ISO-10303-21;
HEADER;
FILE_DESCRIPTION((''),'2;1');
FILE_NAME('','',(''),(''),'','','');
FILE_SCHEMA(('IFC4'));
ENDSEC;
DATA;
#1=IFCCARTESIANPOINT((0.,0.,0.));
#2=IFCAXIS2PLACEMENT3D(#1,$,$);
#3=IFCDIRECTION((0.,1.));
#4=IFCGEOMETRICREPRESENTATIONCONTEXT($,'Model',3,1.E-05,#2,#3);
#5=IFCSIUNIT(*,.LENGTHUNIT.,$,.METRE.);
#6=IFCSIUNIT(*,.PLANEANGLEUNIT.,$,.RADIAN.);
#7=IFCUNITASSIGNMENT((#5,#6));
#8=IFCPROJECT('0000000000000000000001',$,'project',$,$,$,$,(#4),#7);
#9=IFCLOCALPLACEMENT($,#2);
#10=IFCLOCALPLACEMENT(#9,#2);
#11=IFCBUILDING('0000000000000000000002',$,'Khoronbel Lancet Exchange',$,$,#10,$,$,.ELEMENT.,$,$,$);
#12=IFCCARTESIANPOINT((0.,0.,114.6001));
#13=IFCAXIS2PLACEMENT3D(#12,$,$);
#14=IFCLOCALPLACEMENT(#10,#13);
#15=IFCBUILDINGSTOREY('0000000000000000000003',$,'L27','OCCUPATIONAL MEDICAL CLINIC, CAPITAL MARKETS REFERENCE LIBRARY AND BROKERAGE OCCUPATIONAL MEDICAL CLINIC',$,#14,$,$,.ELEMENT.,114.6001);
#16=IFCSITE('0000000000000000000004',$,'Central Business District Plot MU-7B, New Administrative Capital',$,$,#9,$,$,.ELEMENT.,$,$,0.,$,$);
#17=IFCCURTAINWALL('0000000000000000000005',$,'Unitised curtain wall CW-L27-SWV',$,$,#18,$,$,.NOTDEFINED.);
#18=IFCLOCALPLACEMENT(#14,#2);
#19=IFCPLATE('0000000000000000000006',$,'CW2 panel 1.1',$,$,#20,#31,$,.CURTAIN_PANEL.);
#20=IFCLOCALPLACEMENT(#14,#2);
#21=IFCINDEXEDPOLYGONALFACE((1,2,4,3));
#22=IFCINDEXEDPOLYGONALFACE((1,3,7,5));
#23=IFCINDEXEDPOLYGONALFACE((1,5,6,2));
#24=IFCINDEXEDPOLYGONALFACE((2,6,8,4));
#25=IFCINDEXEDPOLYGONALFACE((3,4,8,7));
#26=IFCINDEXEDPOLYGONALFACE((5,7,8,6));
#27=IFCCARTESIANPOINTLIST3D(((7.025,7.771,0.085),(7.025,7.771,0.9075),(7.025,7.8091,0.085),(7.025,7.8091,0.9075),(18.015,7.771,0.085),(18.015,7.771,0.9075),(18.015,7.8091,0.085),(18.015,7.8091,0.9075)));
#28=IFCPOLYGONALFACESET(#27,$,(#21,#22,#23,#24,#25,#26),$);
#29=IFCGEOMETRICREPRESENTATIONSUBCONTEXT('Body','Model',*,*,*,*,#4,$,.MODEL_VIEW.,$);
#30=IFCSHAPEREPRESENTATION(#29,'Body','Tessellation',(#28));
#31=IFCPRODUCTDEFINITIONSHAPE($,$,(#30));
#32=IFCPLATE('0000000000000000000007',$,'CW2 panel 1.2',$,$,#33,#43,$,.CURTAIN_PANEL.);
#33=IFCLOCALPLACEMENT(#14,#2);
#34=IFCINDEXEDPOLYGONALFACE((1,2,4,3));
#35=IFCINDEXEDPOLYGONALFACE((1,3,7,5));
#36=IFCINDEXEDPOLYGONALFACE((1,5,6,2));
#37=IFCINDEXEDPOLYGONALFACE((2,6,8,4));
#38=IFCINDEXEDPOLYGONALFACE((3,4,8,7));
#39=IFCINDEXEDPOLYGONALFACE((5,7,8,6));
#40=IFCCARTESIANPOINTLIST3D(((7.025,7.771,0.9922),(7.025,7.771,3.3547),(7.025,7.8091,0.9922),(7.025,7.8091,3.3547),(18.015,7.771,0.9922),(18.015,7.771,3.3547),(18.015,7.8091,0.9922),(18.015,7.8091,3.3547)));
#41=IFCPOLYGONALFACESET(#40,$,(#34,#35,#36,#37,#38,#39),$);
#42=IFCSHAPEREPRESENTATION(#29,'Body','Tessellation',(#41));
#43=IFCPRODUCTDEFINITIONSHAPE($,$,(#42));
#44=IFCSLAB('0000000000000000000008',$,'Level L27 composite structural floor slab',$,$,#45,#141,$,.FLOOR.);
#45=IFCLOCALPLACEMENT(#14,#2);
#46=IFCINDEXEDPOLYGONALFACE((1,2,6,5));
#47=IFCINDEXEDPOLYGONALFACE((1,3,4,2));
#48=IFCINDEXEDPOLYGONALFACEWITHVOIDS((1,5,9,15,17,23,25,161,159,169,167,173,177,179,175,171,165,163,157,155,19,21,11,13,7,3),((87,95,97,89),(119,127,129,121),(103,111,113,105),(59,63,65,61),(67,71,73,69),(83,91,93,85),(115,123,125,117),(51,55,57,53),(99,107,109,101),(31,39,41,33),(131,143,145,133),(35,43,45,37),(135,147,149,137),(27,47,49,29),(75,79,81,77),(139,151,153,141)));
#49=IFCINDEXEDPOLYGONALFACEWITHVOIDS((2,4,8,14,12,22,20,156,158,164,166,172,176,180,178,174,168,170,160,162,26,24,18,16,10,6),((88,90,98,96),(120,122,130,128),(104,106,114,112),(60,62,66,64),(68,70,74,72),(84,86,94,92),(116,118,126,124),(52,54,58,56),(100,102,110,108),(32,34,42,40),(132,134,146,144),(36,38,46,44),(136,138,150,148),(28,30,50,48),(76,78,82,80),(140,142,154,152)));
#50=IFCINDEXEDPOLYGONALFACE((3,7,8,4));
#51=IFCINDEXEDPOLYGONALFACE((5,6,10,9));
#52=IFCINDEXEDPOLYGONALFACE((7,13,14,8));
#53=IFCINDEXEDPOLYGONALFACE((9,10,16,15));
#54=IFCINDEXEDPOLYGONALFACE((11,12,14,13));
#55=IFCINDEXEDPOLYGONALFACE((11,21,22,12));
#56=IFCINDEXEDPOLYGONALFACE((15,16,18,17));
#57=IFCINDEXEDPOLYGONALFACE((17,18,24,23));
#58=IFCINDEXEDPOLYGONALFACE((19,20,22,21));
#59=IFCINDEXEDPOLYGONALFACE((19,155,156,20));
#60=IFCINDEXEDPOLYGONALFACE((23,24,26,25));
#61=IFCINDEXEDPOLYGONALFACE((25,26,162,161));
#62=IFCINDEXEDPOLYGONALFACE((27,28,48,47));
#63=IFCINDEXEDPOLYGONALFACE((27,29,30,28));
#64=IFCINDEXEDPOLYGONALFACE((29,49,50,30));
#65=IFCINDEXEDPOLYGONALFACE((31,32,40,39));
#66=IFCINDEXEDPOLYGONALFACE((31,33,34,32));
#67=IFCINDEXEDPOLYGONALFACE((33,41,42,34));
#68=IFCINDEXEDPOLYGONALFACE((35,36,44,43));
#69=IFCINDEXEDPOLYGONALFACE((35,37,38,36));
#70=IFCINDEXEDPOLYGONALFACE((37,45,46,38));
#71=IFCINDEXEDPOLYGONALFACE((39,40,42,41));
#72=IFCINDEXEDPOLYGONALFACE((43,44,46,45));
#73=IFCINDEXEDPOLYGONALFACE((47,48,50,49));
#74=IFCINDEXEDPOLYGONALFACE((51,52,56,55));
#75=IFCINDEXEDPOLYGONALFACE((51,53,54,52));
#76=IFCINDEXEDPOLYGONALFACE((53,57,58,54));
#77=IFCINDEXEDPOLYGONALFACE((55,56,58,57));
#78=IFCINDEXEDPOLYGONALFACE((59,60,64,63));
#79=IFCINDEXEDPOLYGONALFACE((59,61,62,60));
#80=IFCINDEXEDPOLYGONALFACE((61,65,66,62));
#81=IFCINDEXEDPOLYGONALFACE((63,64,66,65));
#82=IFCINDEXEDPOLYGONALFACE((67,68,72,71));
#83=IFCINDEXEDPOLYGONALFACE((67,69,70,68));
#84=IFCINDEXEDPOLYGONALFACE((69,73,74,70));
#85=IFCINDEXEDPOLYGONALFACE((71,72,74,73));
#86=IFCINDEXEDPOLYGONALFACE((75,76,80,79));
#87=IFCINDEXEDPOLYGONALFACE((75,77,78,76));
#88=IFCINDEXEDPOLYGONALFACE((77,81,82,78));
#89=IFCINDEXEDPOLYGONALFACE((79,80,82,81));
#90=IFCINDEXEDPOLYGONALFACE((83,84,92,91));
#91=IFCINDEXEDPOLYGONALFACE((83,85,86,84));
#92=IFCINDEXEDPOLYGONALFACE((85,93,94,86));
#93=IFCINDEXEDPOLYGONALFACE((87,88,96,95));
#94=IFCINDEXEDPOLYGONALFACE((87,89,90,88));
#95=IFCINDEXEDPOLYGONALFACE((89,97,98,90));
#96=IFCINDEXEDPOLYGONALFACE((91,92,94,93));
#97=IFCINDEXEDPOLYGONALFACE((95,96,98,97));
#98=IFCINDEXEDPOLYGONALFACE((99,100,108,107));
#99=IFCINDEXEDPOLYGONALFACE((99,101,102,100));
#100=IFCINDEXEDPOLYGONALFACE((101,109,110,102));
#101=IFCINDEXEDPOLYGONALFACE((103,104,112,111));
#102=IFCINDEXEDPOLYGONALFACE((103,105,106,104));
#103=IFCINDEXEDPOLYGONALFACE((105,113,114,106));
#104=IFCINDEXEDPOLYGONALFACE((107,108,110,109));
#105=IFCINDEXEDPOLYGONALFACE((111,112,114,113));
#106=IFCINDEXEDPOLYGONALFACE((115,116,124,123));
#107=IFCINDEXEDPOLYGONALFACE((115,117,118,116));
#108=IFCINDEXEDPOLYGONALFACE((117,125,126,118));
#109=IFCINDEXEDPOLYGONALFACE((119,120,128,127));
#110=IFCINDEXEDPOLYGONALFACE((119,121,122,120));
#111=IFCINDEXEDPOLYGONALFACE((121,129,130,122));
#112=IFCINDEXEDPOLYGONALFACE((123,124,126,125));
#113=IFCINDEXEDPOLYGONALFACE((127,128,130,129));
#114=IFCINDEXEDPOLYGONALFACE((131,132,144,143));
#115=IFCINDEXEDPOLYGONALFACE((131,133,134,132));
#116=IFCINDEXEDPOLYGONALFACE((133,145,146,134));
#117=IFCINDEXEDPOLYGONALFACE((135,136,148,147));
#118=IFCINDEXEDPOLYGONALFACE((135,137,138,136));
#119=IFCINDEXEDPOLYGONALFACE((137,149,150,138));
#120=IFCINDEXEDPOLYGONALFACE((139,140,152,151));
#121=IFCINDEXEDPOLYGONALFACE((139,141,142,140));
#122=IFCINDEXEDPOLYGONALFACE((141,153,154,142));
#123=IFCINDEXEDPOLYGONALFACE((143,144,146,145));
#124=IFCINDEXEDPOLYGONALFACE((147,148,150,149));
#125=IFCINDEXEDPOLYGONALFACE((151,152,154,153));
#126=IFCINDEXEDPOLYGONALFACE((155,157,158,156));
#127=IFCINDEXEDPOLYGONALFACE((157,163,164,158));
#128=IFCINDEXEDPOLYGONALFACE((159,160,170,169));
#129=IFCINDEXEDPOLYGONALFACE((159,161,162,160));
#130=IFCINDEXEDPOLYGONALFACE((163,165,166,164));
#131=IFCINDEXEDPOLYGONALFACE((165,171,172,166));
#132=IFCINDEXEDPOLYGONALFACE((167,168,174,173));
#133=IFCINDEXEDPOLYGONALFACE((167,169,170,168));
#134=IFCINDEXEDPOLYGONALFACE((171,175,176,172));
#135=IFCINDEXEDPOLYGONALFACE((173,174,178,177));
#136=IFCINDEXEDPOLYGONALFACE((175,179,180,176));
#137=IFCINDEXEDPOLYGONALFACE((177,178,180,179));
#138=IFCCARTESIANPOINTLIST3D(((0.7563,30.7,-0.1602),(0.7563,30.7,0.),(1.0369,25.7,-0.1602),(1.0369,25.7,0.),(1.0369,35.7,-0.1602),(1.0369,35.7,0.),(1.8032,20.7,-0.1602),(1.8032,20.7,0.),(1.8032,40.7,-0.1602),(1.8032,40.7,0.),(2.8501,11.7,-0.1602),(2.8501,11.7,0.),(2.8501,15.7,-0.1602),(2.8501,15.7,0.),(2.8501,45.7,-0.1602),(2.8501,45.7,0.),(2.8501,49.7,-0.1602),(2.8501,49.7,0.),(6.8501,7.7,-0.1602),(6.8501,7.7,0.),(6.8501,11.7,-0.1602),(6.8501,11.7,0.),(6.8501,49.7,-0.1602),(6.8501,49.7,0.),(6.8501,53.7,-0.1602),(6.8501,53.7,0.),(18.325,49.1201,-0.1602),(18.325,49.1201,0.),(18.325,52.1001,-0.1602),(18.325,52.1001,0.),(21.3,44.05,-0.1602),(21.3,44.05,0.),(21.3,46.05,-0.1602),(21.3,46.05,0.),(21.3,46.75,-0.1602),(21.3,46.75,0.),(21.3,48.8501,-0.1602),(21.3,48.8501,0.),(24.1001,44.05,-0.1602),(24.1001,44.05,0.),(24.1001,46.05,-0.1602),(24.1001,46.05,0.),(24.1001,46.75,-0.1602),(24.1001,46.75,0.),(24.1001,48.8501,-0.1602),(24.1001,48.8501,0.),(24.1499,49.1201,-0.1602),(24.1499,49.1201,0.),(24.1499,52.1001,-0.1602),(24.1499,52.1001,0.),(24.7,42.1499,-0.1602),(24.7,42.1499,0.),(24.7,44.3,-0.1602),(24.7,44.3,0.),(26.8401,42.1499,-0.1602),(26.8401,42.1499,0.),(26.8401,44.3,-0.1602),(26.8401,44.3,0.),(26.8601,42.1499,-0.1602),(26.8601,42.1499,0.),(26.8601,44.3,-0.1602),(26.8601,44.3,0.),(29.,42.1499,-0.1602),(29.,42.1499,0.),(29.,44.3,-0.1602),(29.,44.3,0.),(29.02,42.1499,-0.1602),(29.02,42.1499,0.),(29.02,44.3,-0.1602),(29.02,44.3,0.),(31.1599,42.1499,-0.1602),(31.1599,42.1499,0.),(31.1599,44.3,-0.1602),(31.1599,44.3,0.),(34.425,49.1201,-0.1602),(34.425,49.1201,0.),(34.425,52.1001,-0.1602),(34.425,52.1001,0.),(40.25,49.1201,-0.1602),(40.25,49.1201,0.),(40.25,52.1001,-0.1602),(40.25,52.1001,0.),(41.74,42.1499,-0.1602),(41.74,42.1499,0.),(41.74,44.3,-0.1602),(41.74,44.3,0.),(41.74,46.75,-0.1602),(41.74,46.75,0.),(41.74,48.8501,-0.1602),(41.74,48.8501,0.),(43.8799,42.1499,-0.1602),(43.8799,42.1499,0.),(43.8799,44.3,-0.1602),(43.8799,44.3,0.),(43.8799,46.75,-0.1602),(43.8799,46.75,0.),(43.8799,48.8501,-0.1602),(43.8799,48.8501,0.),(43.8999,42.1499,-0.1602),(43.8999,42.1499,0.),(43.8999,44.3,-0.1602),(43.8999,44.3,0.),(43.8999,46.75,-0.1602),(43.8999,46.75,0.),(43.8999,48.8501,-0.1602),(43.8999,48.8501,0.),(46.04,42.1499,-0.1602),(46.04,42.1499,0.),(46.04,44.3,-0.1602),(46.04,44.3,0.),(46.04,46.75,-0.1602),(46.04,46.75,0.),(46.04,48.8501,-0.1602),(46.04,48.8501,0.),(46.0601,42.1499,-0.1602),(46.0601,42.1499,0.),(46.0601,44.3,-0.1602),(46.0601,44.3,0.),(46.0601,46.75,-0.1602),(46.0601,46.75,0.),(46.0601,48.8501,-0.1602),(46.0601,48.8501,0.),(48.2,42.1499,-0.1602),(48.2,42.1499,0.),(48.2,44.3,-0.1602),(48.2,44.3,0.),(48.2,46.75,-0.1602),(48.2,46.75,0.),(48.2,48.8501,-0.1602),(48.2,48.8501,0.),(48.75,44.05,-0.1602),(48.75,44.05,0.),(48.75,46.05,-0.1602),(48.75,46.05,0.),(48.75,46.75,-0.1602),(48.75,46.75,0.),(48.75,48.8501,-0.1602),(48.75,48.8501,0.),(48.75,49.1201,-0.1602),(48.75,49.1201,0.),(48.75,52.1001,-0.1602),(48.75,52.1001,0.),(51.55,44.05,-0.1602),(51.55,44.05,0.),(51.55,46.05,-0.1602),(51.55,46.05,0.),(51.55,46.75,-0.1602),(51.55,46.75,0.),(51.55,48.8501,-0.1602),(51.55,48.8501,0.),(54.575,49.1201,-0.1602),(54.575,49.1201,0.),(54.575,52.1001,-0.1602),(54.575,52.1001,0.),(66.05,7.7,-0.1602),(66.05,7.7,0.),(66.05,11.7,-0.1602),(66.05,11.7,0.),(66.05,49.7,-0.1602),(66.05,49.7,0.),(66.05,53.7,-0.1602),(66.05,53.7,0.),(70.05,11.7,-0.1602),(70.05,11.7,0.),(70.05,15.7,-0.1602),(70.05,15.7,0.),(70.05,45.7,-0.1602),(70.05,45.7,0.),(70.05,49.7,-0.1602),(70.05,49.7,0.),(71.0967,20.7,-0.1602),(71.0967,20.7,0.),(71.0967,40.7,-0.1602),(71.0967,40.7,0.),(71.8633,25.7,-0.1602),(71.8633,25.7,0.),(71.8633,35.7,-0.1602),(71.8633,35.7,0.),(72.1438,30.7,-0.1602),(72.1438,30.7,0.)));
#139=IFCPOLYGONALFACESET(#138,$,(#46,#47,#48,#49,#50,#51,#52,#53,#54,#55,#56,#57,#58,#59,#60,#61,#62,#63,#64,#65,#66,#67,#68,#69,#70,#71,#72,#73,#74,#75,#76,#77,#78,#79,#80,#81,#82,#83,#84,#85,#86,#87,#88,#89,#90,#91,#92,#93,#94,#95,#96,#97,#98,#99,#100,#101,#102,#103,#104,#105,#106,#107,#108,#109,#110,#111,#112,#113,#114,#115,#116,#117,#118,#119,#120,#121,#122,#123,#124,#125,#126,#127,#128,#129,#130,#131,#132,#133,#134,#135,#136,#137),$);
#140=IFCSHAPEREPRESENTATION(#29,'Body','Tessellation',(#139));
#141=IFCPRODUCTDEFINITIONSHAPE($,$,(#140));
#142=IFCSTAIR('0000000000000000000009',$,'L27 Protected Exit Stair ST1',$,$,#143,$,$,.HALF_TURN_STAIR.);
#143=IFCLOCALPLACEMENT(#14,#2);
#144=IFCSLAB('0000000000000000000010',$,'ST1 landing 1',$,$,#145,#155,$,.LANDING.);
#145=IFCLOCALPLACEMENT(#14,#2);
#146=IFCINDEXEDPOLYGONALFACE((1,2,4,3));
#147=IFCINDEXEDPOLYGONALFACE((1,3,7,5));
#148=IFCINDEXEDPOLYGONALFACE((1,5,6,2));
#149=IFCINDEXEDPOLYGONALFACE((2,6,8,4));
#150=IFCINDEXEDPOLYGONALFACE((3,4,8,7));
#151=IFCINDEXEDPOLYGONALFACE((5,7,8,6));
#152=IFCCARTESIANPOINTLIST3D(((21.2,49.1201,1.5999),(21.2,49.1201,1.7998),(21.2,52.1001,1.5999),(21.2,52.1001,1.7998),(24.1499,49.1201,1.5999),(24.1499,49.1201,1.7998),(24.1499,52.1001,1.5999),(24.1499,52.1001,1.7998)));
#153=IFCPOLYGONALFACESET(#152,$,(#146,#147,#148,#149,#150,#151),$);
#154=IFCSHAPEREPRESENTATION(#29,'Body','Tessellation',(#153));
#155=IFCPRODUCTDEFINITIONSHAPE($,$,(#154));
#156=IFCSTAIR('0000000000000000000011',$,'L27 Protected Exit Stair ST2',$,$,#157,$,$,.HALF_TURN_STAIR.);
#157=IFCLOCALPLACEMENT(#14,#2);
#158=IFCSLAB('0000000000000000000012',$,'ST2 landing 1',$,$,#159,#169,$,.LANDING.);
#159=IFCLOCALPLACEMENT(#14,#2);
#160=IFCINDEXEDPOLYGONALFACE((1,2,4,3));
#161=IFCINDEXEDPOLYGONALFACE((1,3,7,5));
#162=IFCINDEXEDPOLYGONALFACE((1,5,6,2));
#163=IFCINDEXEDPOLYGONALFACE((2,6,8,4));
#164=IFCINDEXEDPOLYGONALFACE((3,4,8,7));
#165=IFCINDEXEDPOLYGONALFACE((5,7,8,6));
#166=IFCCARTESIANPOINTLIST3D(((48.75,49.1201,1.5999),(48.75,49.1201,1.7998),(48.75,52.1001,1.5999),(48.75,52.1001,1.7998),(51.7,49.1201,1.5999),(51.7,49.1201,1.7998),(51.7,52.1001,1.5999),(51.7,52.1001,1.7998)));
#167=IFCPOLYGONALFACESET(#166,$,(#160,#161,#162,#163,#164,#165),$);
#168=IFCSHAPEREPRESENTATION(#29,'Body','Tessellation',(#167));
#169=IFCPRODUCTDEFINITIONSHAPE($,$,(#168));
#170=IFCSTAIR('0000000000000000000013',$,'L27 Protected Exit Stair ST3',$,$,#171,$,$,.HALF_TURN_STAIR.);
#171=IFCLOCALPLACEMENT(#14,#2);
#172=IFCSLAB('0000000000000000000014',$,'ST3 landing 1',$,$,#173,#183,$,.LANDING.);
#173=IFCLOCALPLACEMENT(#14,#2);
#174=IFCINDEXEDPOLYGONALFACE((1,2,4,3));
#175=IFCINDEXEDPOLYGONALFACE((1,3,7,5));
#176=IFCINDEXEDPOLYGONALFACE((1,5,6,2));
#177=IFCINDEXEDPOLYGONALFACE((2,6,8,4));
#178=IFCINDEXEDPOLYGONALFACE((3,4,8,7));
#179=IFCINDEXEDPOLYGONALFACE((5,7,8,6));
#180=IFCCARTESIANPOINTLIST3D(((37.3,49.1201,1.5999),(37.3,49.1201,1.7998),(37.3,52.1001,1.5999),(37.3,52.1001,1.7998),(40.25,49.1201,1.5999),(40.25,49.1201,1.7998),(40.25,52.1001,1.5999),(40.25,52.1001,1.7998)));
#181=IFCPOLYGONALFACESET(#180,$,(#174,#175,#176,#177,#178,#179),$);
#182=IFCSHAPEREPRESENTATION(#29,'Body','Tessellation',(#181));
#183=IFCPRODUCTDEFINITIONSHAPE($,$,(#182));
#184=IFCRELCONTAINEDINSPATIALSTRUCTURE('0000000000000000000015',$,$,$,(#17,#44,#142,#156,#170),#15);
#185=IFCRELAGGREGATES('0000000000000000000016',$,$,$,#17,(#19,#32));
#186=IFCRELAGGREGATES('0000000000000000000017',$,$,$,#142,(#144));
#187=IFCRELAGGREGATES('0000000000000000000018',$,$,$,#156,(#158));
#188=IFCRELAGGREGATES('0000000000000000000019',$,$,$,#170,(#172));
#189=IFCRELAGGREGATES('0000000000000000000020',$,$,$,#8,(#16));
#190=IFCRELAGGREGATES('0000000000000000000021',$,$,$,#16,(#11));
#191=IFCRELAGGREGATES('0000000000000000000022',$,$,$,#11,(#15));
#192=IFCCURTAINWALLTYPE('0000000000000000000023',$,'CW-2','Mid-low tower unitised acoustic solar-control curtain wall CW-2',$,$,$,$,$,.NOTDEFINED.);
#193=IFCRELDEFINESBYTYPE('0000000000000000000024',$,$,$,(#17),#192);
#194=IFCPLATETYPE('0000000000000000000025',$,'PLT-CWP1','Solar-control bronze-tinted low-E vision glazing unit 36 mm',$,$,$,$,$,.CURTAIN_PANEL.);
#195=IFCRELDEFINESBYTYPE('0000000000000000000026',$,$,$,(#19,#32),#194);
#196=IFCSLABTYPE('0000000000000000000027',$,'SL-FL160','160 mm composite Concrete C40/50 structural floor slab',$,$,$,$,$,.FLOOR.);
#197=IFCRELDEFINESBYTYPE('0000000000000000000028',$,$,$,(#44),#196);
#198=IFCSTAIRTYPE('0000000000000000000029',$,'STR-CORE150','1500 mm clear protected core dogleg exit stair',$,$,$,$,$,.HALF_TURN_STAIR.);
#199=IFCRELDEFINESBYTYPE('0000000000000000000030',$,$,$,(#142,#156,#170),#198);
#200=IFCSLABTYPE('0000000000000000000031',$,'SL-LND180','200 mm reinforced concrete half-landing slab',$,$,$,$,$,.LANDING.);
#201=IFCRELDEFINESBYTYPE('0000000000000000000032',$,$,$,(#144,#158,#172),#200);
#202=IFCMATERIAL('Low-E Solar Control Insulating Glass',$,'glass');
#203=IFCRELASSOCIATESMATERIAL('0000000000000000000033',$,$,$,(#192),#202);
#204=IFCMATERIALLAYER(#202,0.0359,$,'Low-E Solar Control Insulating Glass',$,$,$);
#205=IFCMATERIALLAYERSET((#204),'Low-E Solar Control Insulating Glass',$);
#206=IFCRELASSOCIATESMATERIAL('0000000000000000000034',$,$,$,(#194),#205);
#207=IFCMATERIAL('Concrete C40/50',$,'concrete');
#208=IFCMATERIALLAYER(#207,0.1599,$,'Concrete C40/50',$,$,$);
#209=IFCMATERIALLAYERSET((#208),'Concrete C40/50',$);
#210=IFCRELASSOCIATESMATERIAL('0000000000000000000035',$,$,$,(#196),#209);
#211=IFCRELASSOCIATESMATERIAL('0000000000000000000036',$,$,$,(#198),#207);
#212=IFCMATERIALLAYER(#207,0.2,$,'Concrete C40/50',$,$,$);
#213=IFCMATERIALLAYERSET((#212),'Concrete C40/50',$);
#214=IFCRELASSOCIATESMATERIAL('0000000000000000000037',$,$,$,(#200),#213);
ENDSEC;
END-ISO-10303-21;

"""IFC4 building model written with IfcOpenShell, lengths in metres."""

from ifc_helpers import new_model, si_unit, direction, frame, origin, origin_2d, place, context, subcontext, project, spatial, polyline, rectangle, outline, extrude, material, layer, layer_set, type_object, element, aggregate, save


model = new_model("IFC4")

# Units and contexts
model_context = context("Model", 3, precision=1e-05, world=origin(), true_north=direction((0.0, 1.0)))
body_context = subcontext(model_context, "Body", "Model", "MODEL_VIEW")
ifc_project = project(units=[si_unit("LENGTHUNIT", "METRE"), si_unit("PLANEANGLEUNIT", "RADIAN")], contexts=[model_context])

# Site, building, storey
site_placement = place(None, origin())
site = spatial("IfcSite", under=ifc_project, at=site_placement, Name="Central Business District Plot MU-7B, New Administrative Capital", CompositionType="ELEMENT", RefElevation=0.0)
building_placement = place(site_placement, origin())
building = spatial("IfcBuilding", under=site, at=building_placement, Name="Khoronbel Lancet Exchange", CompositionType="ELEMENT")
storey_placement = place(building_placement, frame((0.0, 0.0, 114.6001)))
storey = spatial("IfcBuildingStorey", under=building, at=storey_placement, Name="L27", Description="OCCUPATIONAL MEDICAL CLINIC, CAPITAL MARKETS REFERENCE LIBRARY AND BROKERAGE OCCUPATIONAL MEDICAL CLINIC", CompositionType="ELEMENT", Elevation=114.6001)

# Curtain wall
ifc_material_1 = material(Name="Low-E Solar Control Insulating Glass", Category="glass")
curtain_wall_type_1 = type_object("IfcCurtainWallType", Name="CW-2", Description="Mid-low tower unitised acoustic solar-control curtain wall CW-2", PredefinedType="NOTDEFINED", material=ifc_material_1)
curtain_wall_1_placement = place(storey_placement, origin())
curtain_wall_1 = element("IfcCurtainWall", 1, at=curtain_wall_1_placement, inside=storey, type_object=curtain_wall_type_1, Name="Unitised curtain wall CW-L27-SWV", PredefinedType="NOTDEFINED")

# Plates
ifc_layer_1 = layer(ifc_material_1, 0.0359, Name="Low-E Solar Control Insulating Glass")
ifc_layer_set_1 = layer_set([ifc_layer_1], Name="Low-E Solar Control Insulating Glass")
plate_type = type_object("IfcPlateType", Name="PLT-CWP1", Description="Solar-control bronze-tinted low-E vision glazing unit 36 mm", PredefinedType="CURTAIN_PANEL", material=ifc_layer_set_1)
plate_1_placement = place(storey_placement, frame((12.52, 7.79, 0.085), z_axis=(0.0, 0.0, 1.0), x_axis=(1.0, 0.0, 0.0)))
plate_1 = element("IfcPlate", 2, at=plate_1_placement, type_object=plate_type, Name="CW2 panel 1.1", PredefinedType="CURTAIN_PANEL", context=body_context, shape_type="SweptSolid", body=[
    extrude(rectangle(XDim=10.99, YDim=0.0381, at=origin_2d()), origin(), (0.0, 0.0, 1.0), 0.8225),
])
plate_2_placement = place(storey_placement, frame((12.52, 7.79, 0.9922), z_axis=(0.0, 0.0, 1.0), x_axis=(1.0, 0.0, 0.0)))
plate_2 = element("IfcPlate", 3, at=plate_2_placement, type_object=plate_type, Name="CW2 panel 1.2", PredefinedType="CURTAIN_PANEL", context=body_context, shape_type="SweptSolid", body=[
    extrude(rectangle(XDim=10.99, YDim=0.0381, at=origin_2d()), origin(), (0.0, 0.0, 1.0), 2.3625),
])
aggregate(curtain_wall_1, [plate_1, plate_2])

# Slab
ifc_material_2 = material(Name="Concrete C40/50", Category="concrete")
ifc_layer_2 = layer(ifc_material_2, 0.1599, Name="Concrete C40/50")
ifc_layer_set_2 = layer_set([ifc_layer_2], Name="Concrete C40/50")
slab_type_1 = type_object("IfcSlabType", Name="SL-FL160", Description="160 mm composite Concrete C40/50 structural floor slab", PredefinedType="FLOOR", material=ifc_layer_set_2)
slab_1_placement = place(storey_placement, frame((0.0, 0.0, -0.1602)))
element("IfcSlab", 4, at=slab_1_placement, inside=storey, type_object=slab_type_1, Name="Level L27 composite structural floor slab", PredefinedType="FLOOR", context=body_context, shape_type="SweptSolid", body=[
    extrude(outline(polyline([(6.8501, 7.7), (66.05, 7.7), (66.05, 11.7), (70.05, 11.7), (70.05, 15.7), (71.0967, 20.7), (71.8633, 25.7), (72.1438, 30.7), (71.8633, 35.7), (71.0967, 40.7), (70.05, 45.7), (70.05, 49.7), (66.05, 49.7), (66.05, 53.7), (6.8501, 53.7), (6.8501, 49.7), (2.8501, 49.7), (2.8501, 45.7), (1.8032, 40.7), (1.0369, 35.7), (0.7563, 30.7), (1.0369, 25.7), (1.8032, 20.7), (2.8501, 15.7), (2.8501, 11.7), (6.8501, 11.7), (6.8501, 7.7)]), holes=[polyline([(18.325, 49.1201), (24.1499, 49.1201), (24.1499, 52.1001), (18.325, 52.1001), (18.325, 49.1201)]), polyline([(48.75, 49.1201), (54.575, 49.1201), (54.575, 52.1001), (48.75, 52.1001), (48.75, 49.1201)]), polyline([(34.425, 49.1201), (40.25, 49.1201), (40.25, 52.1001), (34.425, 52.1001), (34.425, 49.1201)]), polyline([(24.7, 42.1499), (26.8401, 42.1499), (26.8401, 44.3), (24.7, 44.3), (24.7, 42.1499)]), polyline([(26.8601, 42.1499), (29.0, 42.1499), (29.0, 44.3), (26.8601, 44.3), (26.8601, 42.1499)]), polyline([(29.02, 42.1499), (31.1599, 42.1499), (31.1599, 44.3), (29.02, 44.3), (29.02, 42.1499)]), polyline([(41.74, 46.75), (43.8799, 46.75), (43.8799, 48.8501), (41.74, 48.8501), (41.74, 46.75)]), polyline([(43.8999, 46.75), (46.04, 46.75), (46.04, 48.8501), (43.8999, 48.8501), (43.8999, 46.75)]), polyline([(46.0601, 46.75), (48.2, 46.75), (48.2, 48.8501), (46.0601, 48.8501), (46.0601, 46.75)]), polyline([(41.74, 42.1499), (43.8799, 42.1499), (43.8799, 44.3), (41.74, 44.3), (41.74, 42.1499)]), polyline([(43.8999, 42.1499), (46.04, 42.1499), (46.04, 44.3), (43.8999, 44.3), (43.8999, 42.1499)]), polyline([(46.0601, 42.1499), (48.2, 42.1499), (48.2, 44.3), (46.0601, 44.3), (46.0601, 42.1499)]), polyline([(21.3, 46.75), (24.1001, 46.75), (24.1001, 48.8501), (21.3, 48.8501), (21.3, 46.75)]), polyline([(48.75, 46.75), (51.55, 46.75), (51.55, 48.8501), (48.75, 48.8501), (48.75, 46.75)]), polyline([(21.3, 44.05), (24.1001, 44.05), (24.1001, 46.05), (21.3, 46.05), (21.3, 44.05)]), polyline([(48.75, 44.05), (51.55, 44.05), (51.55, 46.05), (48.75, 46.05), (48.75, 44.05)])]), origin(), (0.0, 0.0, 1.0), 0.1602),
])

# Stairs, slabs
stair_type = type_object("IfcStairType", Name="STR-CORE150", Description="1500 mm clear protected core dogleg exit stair", PredefinedType="HALF_TURN_STAIR", material=ifc_material_2)
stair_1_placement = place(storey_placement, origin())
stair_1 = element("IfcStair", 5, at=stair_1_placement, inside=storey, type_object=stair_type, Name="L27 Protected Exit Stair ST1", PredefinedType="HALF_TURN_STAIR")
ifc_layer_3 = layer(ifc_material_2, 0.2, Name="Concrete C40/50")
ifc_layer_set_3 = layer_set([ifc_layer_3], Name="Concrete C40/50")
slab_type_2 = type_object("IfcSlabType", Name="SL-LND180", Description="200 mm reinforced concrete half-landing slab", PredefinedType="LANDING", material=ifc_layer_set_3)
slab_2_placement = place(storey_placement, frame((0.0, 0.0, 1.5999)))
slab_2 = element("IfcSlab", 6, at=slab_2_placement, type_object=slab_type_2, Name="ST1 landing 1", PredefinedType="LANDING", context=body_context, shape_type="SweptSolid", body=[
    extrude(outline(polyline([(21.2, 49.1201), (24.1499, 49.1201), (24.1499, 52.1001), (21.2, 52.1001), (21.2, 49.1201)])), origin(), (0.0, 0.0, 1.0), 0.2),
])
aggregate(stair_1, [slab_2])
stair_2_placement = place(storey_placement, origin())
stair_2 = element("IfcStair", 7, at=stair_2_placement, inside=storey, type_object=stair_type, Name="L27 Protected Exit Stair ST2", PredefinedType="HALF_TURN_STAIR")
slab_3_placement = place(storey_placement, frame((0.0, 0.0, 1.5999)))
slab_3 = element("IfcSlab", 8, at=slab_3_placement, type_object=slab_type_2, Name="ST2 landing 1", PredefinedType="LANDING", context=body_context, shape_type="SweptSolid", body=[
    extrude(outline(polyline([(51.7, 52.1001), (48.75, 52.1001), (48.75, 49.1201), (51.7, 49.1201), (51.7, 52.1001)])), origin(), (0.0, 0.0, 1.0), 0.2),
])
aggregate(stair_2, [slab_3])
stair_3_placement = place(storey_placement, origin())
stair_3 = element("IfcStair", 9, at=stair_3_placement, inside=storey, type_object=stair_type, Name="L27 Protected Exit Stair ST3", PredefinedType="HALF_TURN_STAIR")
slab_4_placement = place(storey_placement, frame((0.0, 0.0, 1.5999)))
slab_4 = element("IfcSlab", 10, at=slab_4_placement, type_object=slab_type_2, Name="ST3 landing 1", PredefinedType="LANDING", context=body_context, shape_type="SweptSolid", body=[
    extrude(outline(polyline([(37.3, 49.1201), (40.25, 49.1201), (40.25, 52.1001), (37.3, 52.1001), (37.3, 49.1201)])), origin(), (0.0, 0.0, 1.0), 0.2),
])
aggregate(stair_3, [slab_4])

save(model, "model.ifc")
